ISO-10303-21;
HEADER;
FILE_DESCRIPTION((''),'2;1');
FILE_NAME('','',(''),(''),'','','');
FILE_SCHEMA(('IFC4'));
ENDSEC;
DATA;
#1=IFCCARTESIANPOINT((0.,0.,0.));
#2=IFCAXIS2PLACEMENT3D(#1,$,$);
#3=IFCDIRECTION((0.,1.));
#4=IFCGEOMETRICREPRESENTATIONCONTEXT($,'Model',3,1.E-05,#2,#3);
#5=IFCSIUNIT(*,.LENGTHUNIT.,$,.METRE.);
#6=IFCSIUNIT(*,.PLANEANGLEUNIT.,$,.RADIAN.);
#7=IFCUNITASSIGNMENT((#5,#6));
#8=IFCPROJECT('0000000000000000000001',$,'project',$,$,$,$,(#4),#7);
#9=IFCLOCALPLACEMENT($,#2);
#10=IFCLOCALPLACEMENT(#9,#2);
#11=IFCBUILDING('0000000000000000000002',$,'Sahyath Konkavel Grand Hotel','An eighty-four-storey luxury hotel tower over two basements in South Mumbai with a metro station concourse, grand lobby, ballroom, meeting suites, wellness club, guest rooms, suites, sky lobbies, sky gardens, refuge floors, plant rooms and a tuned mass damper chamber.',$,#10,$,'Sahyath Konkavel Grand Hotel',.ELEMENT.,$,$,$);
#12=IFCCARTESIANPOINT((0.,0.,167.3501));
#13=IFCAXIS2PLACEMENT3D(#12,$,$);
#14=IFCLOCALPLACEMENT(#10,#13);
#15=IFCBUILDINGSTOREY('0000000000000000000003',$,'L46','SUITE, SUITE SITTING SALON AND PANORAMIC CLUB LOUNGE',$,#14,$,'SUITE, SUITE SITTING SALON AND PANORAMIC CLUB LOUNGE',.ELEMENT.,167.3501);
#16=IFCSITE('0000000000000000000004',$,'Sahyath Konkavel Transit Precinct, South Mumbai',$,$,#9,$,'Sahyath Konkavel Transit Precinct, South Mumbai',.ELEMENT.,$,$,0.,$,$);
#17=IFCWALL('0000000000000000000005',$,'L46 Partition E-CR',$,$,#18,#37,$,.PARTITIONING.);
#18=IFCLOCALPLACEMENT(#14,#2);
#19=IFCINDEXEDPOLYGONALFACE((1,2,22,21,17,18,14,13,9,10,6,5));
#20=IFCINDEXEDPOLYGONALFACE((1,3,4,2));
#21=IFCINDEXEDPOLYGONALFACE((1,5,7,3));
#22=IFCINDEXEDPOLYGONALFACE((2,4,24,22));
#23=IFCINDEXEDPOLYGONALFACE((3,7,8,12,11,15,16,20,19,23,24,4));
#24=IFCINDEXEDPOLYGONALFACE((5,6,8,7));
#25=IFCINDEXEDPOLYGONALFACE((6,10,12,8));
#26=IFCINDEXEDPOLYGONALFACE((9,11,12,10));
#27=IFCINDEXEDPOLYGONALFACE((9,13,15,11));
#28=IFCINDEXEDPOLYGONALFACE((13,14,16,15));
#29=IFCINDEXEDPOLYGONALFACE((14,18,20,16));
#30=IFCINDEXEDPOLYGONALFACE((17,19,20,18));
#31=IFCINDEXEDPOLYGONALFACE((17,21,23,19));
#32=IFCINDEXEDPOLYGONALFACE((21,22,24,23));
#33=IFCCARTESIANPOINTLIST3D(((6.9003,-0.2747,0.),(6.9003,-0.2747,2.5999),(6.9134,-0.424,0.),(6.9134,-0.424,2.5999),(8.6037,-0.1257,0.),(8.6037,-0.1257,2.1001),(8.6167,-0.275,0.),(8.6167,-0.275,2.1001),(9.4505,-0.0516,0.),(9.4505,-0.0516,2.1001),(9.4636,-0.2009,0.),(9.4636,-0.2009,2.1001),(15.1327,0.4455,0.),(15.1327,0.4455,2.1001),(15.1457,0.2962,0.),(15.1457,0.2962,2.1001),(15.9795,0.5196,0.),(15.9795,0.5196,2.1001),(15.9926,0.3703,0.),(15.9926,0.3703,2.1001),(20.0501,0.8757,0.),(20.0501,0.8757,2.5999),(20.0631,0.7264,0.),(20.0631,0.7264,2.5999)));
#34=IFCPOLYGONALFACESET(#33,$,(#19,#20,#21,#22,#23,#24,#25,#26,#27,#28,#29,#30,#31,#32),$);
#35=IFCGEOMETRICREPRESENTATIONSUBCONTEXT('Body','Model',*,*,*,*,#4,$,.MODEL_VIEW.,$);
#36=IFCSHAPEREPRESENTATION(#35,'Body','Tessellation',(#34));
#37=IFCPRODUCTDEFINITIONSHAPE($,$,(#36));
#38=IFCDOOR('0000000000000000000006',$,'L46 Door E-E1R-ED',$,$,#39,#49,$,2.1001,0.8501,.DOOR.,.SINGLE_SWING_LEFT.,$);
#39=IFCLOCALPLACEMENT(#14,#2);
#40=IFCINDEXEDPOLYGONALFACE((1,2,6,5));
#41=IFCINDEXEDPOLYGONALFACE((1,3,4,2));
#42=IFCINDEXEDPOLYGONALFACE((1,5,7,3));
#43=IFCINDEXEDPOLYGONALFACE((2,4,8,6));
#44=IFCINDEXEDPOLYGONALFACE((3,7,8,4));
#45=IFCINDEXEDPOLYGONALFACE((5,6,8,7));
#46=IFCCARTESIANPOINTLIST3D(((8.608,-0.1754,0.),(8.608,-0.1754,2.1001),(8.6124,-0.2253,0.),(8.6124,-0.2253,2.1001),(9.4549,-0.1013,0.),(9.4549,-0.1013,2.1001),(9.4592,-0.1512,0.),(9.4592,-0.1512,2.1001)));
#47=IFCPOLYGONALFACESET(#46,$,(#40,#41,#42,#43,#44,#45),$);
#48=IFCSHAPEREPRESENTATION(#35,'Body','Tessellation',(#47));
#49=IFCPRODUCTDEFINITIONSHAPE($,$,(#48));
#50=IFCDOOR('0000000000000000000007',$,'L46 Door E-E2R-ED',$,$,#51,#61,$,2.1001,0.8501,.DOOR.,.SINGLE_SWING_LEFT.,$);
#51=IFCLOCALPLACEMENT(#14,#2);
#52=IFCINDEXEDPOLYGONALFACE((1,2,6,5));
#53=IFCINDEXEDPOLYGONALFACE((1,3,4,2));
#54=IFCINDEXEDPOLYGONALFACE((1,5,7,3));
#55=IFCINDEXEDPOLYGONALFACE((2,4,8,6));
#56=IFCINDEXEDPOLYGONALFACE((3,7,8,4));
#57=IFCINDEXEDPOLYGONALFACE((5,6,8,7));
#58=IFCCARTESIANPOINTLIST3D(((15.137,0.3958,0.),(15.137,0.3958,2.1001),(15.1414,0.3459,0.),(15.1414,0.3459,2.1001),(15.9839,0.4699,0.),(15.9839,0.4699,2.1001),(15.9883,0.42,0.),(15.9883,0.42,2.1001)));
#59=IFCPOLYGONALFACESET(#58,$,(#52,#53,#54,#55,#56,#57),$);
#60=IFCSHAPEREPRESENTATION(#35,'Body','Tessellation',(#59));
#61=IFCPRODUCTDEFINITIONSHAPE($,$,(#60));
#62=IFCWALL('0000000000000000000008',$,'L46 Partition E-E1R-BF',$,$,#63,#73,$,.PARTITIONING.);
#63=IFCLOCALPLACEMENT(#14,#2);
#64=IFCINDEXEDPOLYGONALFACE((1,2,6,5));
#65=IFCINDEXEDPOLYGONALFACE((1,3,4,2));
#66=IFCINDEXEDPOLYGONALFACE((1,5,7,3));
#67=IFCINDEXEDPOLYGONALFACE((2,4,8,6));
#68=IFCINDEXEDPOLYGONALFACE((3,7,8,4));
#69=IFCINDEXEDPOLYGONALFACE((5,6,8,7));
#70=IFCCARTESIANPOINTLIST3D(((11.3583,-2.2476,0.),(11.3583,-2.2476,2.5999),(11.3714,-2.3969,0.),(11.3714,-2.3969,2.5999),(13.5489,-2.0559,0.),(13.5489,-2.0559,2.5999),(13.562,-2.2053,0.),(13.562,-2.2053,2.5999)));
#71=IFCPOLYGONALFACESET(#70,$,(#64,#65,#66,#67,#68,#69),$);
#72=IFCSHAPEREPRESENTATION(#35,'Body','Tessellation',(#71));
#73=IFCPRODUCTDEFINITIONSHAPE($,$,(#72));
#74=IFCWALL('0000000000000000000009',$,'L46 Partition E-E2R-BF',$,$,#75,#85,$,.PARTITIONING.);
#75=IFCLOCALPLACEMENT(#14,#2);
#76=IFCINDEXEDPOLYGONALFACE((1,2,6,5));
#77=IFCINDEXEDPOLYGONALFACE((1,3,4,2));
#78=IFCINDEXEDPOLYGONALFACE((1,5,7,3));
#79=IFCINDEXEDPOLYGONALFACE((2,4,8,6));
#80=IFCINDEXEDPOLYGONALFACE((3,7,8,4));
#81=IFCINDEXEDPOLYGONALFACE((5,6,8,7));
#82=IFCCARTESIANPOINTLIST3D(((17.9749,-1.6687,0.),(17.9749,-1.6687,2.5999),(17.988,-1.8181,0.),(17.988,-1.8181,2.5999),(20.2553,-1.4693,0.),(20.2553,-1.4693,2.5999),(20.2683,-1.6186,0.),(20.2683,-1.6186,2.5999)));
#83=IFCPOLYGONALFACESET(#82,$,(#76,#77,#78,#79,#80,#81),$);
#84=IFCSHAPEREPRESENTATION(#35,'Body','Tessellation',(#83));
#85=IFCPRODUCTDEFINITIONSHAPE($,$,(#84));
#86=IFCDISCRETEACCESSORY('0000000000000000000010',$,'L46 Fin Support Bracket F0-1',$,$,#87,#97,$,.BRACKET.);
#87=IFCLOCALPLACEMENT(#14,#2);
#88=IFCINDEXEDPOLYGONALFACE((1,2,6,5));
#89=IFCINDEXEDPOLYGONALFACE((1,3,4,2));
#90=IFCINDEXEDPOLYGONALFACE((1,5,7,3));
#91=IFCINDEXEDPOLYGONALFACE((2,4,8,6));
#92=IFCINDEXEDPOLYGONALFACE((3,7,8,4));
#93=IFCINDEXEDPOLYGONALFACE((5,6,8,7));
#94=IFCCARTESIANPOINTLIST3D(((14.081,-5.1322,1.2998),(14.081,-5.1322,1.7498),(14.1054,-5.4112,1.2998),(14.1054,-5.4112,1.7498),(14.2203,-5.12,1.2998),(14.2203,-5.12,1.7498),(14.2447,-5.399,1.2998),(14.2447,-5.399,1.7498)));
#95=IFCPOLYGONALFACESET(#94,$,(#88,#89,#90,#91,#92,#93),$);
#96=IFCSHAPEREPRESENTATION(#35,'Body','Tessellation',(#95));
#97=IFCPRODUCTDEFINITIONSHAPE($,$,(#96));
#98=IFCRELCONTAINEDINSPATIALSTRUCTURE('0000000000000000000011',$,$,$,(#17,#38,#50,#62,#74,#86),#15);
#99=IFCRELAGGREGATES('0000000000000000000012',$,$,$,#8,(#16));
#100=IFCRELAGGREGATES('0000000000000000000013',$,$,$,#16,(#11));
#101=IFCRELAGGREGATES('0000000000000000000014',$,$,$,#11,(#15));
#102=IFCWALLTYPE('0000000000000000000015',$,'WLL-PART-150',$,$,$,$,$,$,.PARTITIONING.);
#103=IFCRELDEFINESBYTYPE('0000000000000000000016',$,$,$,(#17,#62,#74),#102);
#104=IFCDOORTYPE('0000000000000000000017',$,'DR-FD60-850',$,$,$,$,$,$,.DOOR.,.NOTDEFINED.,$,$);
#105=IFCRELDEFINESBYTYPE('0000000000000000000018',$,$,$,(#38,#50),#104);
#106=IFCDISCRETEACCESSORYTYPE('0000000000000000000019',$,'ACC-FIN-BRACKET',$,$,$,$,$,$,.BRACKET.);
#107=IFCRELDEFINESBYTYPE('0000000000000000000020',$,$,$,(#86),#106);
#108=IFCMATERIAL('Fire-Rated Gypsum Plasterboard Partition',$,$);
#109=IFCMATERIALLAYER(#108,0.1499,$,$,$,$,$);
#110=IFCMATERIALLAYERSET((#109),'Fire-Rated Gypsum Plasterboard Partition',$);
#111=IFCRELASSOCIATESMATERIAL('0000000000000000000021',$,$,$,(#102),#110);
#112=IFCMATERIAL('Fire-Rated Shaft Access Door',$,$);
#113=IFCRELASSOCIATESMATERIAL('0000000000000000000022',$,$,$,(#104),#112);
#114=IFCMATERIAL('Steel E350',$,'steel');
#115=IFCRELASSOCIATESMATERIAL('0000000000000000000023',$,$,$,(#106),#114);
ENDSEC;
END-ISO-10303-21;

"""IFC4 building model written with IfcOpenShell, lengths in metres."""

from ifc_helpers import new_model, si_unit, direction, frame, frame_2d, origin, origin_2d, place, context, subcontext, project, spatial, rectangle, extrude, source, transform, mapped, material, layer, layer_set, type_object, element, fill, save


model = new_model("IFC4")

# Units and contexts
model_context = context("Model", 3, precision=1e-05, world=origin(), true_north=direction((0.0, 1.0)))
body_context = subcontext(model_context, "Body", "Model", "MODEL_VIEW")
ifc_project = project(units=[si_unit("LENGTHUNIT", "METRE"), si_unit("PLANEANGLEUNIT", "RADIAN")], contexts=[model_context])

# Site, building, storey
site_placement = place(None, origin())
site = spatial("IfcSite", under=ifc_project, at=site_placement, Name="Sahyath Konkavel Transit Precinct, South Mumbai", LongName="Sahyath Konkavel Transit Precinct, South Mumbai", CompositionType="ELEMENT", RefElevation=0.0)
building_placement = place(site_placement, origin())
building = spatial("IfcBuilding", under=site, at=building_placement, Name="Sahyath Konkavel Grand Hotel", Description="An eighty-four-storey luxury hotel tower over two basements in South Mumbai with a metro station concourse, grand lobby, ballroom, meeting suites, wellness club, guest rooms, suites, sky lobbies, sky gardens, refuge floors, plant rooms and a tuned mass damper chamber.", LongName="Sahyath Konkavel Grand Hotel", CompositionType="ELEMENT")
storey_placement = place(building_placement, frame((0.0, 0.0, 167.3501)))
storey = spatial("IfcBuildingStorey", under=building, at=storey_placement, Name="L46", Description="SUITE, SUITE SITTING SALON AND PANORAMIC CLUB LOUNGE", LongName="SUITE, SUITE SITTING SALON AND PANORAMIC CLUB LOUNGE", CompositionType="ELEMENT", Elevation=167.3501)

# Shared definitions
ifc_material_1 = material(Name="Steel E350", Category="steel")

# Wall, openings, doors
ifc_material_2 = material(Name="Fire-Rated Gypsum Plasterboard Partition")
ifc_layer_1 = layer(ifc_material_2, 0.1499)
ifc_layer_set_1 = layer_set([ifc_layer_1], Name="Fire-Rated Gypsum Plasterboard Partition")
wall_type_1 = type_object("IfcWallType", Name="WLL-PART-150", PredefinedType="PARTITIONING", material=ifc_layer_set_1)
wall_1_placement = place(storey_placement, frame((6.9067, -0.3494, 0.0), z_axis=(0.0, 0.0, 1.0), x_axis=(0.996195, 0.087152, 0.0)))
wall_1 = element("IfcWall", 1, at=wall_1_placement, inside=storey, type_object=wall_type_1, Name="L46 Partition E-CR", PredefinedType="PARTITIONING", context=body_context, shape_type="SweptSolid", body=[
    extrude(rectangle(XDim=13.2, YDim=0.1499, at=frame_2d((6.6001, 0.0))), origin(), (0.0, 0.0, 1.0), 2.5999),
])
opening_1_placement = place(wall_1_placement, frame((1.71, 0.0, 0.0)))
opening_1 = element("IfcOpeningElement", 2, at=opening_1_placement, cuts=wall_1, PredefinedType="OPENING", context=body_context, shape_type="SweptSolid", body=[
    extrude(rectangle(XDim=0.8501, YDim=2.1001, at=frame_2d((0.425, 1.05))), frame((0.0, 0.085, 0.0), z_axis=(0.0, -1.0, 0.0), x_axis=(1.0, 0.0, 0.0)), (0.0, 0.0, 1.0), 0.1699),
])
opening_2_placement = place(wall_1_placement, frame((8.2639, 0.0, 0.0)))
opening_2 = element("IfcOpeningElement", 3, at=opening_2_placement, cuts=wall_1, PredefinedType="OPENING", context=body_context, shape_type="SweptSolid", body=[
    extrude(rectangle(XDim=0.8501, YDim=2.1001, at=frame_2d((0.425, 1.05))), frame((0.0, 0.085, 0.0), z_axis=(0.0, -1.0, 0.0), x_axis=(1.0, 0.0, 0.0)), (0.0, 0.0, 1.0), 0.1699),
])
ifc_material_3 = material(Name="Fire-Rated Shaft Access Door")
door_type = type_object("IfcDoorType", Name="DR-FD60-850", OperationType="NOTDEFINED", PredefinedType="DOOR", material=ifc_material_3)
shared_shape_1 = source(origin(), body_context, "Body", "SweptSolid", [
    extrude(rectangle(XDim=0.8501, YDim=0.05, at=origin_2d()), origin(), (0.0, 0.0, 1.0), 2.1001),
])
door_1_placement = place(opening_1_placement, frame((0.425, 0.0, 0.0)))
door_1 = element("IfcDoor", 4, at=door_1_placement, inside=storey, type_object=door_type, Name="L46 Door E-E1R-ED", OperationType="SINGLE_SWING_LEFT", OverallHeight=2.1001, OverallWidth=0.8501, PredefinedType="DOOR", context=body_context, shape_type="MappedRepresentation", body=[
    mapped(shared_shape_1, transform((0.0, 0.0, 0.0), scale=1.0)),
])
fill(opening_1, door_1)
door_2_placement = place(opening_2_placement, frame((0.425, 0.0, 0.0)))
door_2 = element("IfcDoor", 5, at=door_2_placement, inside=storey, type_object=door_type, Name="L46 Door E-E2R-ED", OperationType="SINGLE_SWING_LEFT", OverallHeight=2.1001, OverallWidth=0.8501, PredefinedType="DOOR", context=body_context, shape_type="MappedRepresentation", body=[
    mapped(shared_shape_1, transform((0.0, 0.0, 0.0), scale=1.0)),
])
fill(opening_2, door_2)

# Walls
wall_2_placement = place(storey_placement, frame((11.3647, -2.3223, 0.0), z_axis=(0.0, 0.0, 1.0), x_axis=(0.996195, 0.087152, 0.0)))
element("IfcWall", 6, at=wall_2_placement, inside=storey, type_object=wall_type_1, Name="L46 Partition E-E1R-BF", PredefinedType="PARTITIONING", context=body_context, shape_type="SweptSolid", body=[
    extrude(rectangle(XDim=2.199, YDim=0.1499, at=frame_2d((1.0996, 0.0))), origin(), (0.0, 0.0, 1.0), 2.5999),
])
wall_3_placement = place(storey_placement, frame((17.9814, -1.7434, 0.0), z_axis=(0.0, 0.0, 1.0), x_axis=(0.996196, 0.08714, 0.0)))
element("IfcWall", 7, at=wall_3_placement, inside=storey, type_object=wall_type_1, Name="L46 Partition E-E2R-BF", PredefinedType="PARTITIONING", context=body_context, shape_type="SweptSolid", body=[
    extrude(rectangle(XDim=2.2891, YDim=0.1499, at=frame_2d((1.1445, 0.0))), origin(), (0.0, 0.0, 1.0), 2.5999),
])

# Discrete accessory
discrete_accessory_type = type_object("IfcDiscreteAccessoryType", Name="ACC-FIN-BRACKET", PredefinedType="BRACKET", material=ifc_material_1)
shared_shape_2 = source(origin(), body_context, "Body", "SweptSolid", [
    extrude(rectangle(XDim=0.28, YDim=0.1399, at=origin_2d()), origin(), (0.0, 0.0, 1.0), 0.45),
])
discrete_accessory_placement = place(storey_placement, frame((14.1628, -5.2656, 1.2998), z_axis=(0.0, 0.0, 1.0), x_axis=(0.087156, -0.996195, 0.0)))
element("IfcDiscreteAccessory", 8, at=discrete_accessory_placement, inside=storey, type_object=discrete_accessory_type, Name="L46 Fin Support Bracket F0-1", PredefinedType="BRACKET", context=body_context, shape_type="MappedRepresentation", body=[
    mapped(shared_shape_2, transform((0.0, 0.0, 0.0), scale=1.0)),
])

save(model, "model.ifc")
